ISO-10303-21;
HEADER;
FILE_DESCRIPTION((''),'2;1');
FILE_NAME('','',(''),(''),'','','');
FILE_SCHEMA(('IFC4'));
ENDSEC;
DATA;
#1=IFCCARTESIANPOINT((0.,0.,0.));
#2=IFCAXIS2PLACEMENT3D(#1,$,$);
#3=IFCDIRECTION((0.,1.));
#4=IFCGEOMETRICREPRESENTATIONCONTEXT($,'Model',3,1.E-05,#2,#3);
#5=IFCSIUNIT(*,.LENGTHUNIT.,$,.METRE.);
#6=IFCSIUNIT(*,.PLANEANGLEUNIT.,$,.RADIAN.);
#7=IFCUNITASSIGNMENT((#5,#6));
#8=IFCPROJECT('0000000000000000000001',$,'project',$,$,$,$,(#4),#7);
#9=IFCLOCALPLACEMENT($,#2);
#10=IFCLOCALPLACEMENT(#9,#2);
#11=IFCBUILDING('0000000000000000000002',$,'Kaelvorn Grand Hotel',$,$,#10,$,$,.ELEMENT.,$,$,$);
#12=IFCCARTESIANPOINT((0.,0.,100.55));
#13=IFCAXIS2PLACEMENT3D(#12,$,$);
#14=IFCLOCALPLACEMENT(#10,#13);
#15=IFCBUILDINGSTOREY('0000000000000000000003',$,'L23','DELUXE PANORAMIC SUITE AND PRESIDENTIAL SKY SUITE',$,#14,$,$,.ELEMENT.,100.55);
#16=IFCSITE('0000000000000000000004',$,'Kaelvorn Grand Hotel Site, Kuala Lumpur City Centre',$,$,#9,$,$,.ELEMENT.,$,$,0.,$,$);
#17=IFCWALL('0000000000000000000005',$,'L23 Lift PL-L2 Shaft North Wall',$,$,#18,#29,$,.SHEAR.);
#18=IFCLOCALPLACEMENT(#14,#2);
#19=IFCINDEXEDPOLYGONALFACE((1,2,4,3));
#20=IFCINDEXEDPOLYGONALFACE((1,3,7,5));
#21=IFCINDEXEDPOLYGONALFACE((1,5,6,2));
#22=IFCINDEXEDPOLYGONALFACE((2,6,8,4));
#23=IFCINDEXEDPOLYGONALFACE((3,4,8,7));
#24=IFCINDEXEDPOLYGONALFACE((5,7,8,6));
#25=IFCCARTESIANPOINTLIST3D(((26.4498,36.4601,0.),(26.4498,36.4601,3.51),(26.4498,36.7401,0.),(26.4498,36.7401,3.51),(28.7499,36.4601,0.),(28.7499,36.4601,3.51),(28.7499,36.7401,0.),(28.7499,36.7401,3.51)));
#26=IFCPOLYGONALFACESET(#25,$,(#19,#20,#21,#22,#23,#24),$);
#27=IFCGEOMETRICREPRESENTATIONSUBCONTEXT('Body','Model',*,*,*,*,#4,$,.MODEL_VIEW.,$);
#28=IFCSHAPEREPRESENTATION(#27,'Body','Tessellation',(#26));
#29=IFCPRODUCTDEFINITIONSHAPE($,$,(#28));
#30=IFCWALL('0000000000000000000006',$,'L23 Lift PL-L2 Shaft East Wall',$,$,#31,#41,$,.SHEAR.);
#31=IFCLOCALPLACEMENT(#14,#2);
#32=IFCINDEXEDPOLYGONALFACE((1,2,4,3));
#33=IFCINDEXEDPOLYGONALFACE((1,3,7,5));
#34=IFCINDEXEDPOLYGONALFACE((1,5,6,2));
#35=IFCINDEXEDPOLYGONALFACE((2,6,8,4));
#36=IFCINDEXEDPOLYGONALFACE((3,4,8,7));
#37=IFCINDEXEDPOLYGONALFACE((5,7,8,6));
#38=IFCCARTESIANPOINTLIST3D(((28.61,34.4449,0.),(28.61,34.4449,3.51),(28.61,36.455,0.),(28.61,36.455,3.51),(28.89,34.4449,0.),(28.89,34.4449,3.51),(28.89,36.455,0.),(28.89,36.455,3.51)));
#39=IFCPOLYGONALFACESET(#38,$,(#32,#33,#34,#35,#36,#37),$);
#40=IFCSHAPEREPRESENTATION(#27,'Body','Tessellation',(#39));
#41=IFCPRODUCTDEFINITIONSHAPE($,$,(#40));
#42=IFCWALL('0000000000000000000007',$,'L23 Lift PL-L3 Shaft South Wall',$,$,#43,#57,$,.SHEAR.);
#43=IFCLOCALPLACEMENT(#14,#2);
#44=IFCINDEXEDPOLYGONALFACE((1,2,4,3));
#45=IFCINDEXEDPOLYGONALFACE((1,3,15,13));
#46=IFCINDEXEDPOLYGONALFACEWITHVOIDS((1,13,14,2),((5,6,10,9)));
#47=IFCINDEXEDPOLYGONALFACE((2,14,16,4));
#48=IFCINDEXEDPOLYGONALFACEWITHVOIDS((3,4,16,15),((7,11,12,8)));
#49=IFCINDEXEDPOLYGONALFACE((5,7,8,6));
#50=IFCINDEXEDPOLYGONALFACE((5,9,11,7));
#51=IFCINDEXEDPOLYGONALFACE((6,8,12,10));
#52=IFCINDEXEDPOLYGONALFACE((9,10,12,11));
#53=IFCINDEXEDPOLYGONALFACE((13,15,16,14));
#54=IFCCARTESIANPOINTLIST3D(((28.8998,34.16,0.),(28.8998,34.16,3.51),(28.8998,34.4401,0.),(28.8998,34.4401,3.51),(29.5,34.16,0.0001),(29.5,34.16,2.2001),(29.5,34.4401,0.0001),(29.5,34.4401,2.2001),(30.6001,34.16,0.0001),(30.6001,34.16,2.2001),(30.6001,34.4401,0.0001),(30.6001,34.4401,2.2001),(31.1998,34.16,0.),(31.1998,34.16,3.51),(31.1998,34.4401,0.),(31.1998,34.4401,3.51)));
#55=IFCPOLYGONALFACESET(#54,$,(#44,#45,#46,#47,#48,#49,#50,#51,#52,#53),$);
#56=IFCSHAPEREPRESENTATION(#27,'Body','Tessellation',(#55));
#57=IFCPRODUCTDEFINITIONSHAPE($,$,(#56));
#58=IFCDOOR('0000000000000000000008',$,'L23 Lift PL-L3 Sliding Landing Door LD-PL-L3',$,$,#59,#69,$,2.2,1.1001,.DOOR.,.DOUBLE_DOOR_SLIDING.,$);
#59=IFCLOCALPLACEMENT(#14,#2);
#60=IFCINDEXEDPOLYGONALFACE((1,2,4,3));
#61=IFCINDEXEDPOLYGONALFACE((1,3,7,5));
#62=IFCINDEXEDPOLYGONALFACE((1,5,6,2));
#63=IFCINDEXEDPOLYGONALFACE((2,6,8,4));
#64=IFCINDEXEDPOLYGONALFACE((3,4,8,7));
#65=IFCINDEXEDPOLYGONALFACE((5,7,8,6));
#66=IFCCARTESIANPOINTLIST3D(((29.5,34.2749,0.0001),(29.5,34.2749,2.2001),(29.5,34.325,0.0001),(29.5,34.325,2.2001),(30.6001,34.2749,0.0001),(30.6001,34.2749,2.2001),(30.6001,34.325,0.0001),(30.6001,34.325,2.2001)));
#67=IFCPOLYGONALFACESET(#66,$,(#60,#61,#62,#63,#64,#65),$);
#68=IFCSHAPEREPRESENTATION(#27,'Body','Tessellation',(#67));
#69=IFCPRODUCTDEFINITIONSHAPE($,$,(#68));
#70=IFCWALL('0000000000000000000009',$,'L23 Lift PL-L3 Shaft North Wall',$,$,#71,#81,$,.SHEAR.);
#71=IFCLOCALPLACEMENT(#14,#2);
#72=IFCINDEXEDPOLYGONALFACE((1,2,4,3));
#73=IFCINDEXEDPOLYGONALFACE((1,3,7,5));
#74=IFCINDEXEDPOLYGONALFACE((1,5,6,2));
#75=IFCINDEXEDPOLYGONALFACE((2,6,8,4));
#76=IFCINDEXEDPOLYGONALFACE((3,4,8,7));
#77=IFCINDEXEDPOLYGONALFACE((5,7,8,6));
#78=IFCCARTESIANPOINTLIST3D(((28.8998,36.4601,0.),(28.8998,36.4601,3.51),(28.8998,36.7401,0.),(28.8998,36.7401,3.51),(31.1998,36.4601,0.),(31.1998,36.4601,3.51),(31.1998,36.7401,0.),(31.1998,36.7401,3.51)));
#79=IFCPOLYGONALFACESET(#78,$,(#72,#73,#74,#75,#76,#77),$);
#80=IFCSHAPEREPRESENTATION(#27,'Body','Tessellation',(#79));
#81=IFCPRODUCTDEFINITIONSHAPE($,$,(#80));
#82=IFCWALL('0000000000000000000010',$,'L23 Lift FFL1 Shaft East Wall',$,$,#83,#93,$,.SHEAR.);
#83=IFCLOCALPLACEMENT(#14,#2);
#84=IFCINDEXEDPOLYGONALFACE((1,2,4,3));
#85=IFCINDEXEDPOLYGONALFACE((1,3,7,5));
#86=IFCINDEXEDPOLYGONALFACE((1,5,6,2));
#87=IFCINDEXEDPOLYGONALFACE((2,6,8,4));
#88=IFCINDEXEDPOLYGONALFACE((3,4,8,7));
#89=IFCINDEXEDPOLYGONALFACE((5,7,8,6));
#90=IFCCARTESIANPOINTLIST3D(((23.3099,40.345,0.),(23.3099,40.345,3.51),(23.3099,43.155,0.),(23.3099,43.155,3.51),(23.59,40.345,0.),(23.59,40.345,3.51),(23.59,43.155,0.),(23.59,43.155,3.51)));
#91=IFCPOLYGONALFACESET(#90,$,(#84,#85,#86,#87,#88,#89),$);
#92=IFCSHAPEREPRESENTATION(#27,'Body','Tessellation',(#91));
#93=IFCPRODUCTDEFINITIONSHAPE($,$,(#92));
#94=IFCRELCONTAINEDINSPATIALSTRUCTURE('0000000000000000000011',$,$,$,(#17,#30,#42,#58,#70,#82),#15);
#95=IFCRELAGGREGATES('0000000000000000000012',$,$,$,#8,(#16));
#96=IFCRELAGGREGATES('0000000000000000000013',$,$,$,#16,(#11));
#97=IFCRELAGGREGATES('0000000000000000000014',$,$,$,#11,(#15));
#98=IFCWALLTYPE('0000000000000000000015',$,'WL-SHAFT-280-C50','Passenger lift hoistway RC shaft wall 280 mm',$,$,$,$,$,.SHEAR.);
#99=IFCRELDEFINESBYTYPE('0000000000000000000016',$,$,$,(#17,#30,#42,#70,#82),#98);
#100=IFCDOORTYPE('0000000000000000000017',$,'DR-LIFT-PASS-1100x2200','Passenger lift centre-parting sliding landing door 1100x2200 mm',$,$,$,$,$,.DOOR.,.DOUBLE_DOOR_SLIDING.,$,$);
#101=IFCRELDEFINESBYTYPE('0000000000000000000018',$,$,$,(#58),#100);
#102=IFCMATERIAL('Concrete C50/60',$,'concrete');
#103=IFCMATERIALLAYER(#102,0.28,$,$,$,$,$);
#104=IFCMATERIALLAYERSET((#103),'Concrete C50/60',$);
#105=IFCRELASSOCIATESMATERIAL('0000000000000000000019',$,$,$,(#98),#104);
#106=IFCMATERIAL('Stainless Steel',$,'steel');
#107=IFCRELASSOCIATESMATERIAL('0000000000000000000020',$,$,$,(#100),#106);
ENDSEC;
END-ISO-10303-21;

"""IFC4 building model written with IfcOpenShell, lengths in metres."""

from ifc_helpers import new_model, si_unit, direction, frame, frame_2d, origin, place, context, subcontext, project, spatial, rectangle, extrude, material, layer, layer_set, type_object, element, fill, save


model = new_model("IFC4")

# Units and contexts
model_context = context("Model", 3, precision=1e-05, world=origin(), true_north=direction((0.0, 1.0)))
body_context = subcontext(model_context, "Body", "Model", "MODEL_VIEW")
ifc_project = project(units=[si_unit("LENGTHUNIT", "METRE"), si_unit("PLANEANGLEUNIT", "RADIAN")], contexts=[model_context])

# Site, building, storey
site_placement = place(None, origin())
site = spatial("IfcSite", under=ifc_project, at=site_placement, Name="Kaelvorn Grand Hotel Site, Kuala Lumpur City Centre", CompositionType="ELEMENT", RefElevation=0.0)
building_placement = place(site_placement, origin())
building = spatial("IfcBuilding", under=site, at=building_placement, Name="Kaelvorn Grand Hotel", CompositionType="ELEMENT")
storey_placement = place(building_placement, frame((0.0, 0.0, 100.55)))
storey = spatial("IfcBuildingStorey", under=building, at=storey_placement, Name="L23", Description="DELUXE PANORAMIC SUITE AND PRESIDENTIAL SKY SUITE", CompositionType="ELEMENT", Elevation=100.55)

# Shared definitions
ifc_material_1 = material(Name="Concrete C50/60", Category="concrete")
ifc_layer_1 = layer(ifc_material_1, 0.28)
ifc_layer_set_1 = layer_set([ifc_layer_1], Name="Concrete C50/60")
wall_type_1 = type_object("IfcWallType", Name="WL-SHAFT-280-C50", Description="Passenger lift hoistway RC shaft wall 280 mm", PredefinedType="SHEAR", material=ifc_layer_set_1)
ifc_material_2 = material(Name="Stainless Steel", Category="steel")
door_type_1 = type_object("IfcDoorType", Name="DR-LIFT-PASS-1100x2200", Description="Passenger lift centre-parting sliding landing door 1100x2200 mm", OperationType="DOUBLE_DOOR_SLIDING", PredefinedType="DOOR", material=ifc_material_2)

# Walls
wall_1_placement = place(storey_placement, frame((26.45, 36.6001, 0.0), z_axis=(0.0, 0.0, 1.0), x_axis=(1.0, 0.0, 0.0)))
element("IfcWall", 1, at=wall_1_placement, inside=storey, type_object=wall_type_1, Name="L23 Lift PL-L2 Shaft North Wall", PredefinedType="SHEAR", context=body_context, shape_type="SweptSolid", body=[
    extrude(rectangle(XDim=2.3, YDim=0.28, at=frame_2d((1.1499, 0.0))), origin(), (0.0, 0.0, 1.0), 3.51),
])
wall_2_placement = place(storey_placement, frame((28.75, 34.4451, 0.0), z_axis=(0.0, 0.0, 1.0), x_axis=(0.0, 1.0, 0.0)))
element("IfcWall", 2, at=wall_2_placement, inside=storey, type_object=wall_type_1, Name="L23 Lift PL-L2 Shaft East Wall", PredefinedType="SHEAR", context=body_context, shape_type="SweptSolid", body=[
    extrude(rectangle(XDim=2.01, YDim=0.28, at=frame_2d((1.0049, 0.0))), origin(), (0.0, 0.0, 1.0), 3.51),
])

# Wall, opening, door
wall_3_placement = place(storey_placement, frame((28.8999, 34.3, 0.0), z_axis=(0.0, 0.0, 1.0), x_axis=(1.0, 0.0, 0.0)))
wall_3 = element("IfcWall", 3, at=wall_3_placement, inside=storey, type_object=wall_type_1, Name="L23 Lift PL-L3 Shaft South Wall", PredefinedType="SHEAR", context=body_context, shape_type="SweptSolid", body=[
    extrude(rectangle(XDim=2.3, YDim=0.28, at=frame_2d((1.1499, 0.0))), origin(), (0.0, 0.0, 1.0), 3.51),
])
opening_1_placement = place(wall_3_placement, frame((0.6001, 0.0, 0.0)))
opening_1 = element("IfcOpeningElement", 4, at=opening_1_placement, cuts=wall_3, PredefinedType="OPENING", context=body_context, shape_type="SweptSolid", body=[
    extrude(rectangle(XDim=1.1001, YDim=2.2, at=frame_2d((0.55, 1.1001))), frame((0.0, 0.1499, 0.0), z_axis=(0.0, -1.0, 0.0), x_axis=(1.0, 0.0, 0.0)), (0.0, 0.0, 1.0), 0.3),
])
door_1_placement = place(opening_1_placement, origin())
door_1 = element("IfcDoor", 5, at=door_1_placement, inside=storey, type_object=door_type_1, Name="L23 Lift PL-L3 Sliding Landing Door LD-PL-L3", OperationType="DOUBLE_DOOR_SLIDING", OverallHeight=2.2, OverallWidth=1.1001, PredefinedType="DOOR", context=body_context, shape_type="SweptSolid", body=[
    extrude(rectangle(XDim=1.1001, YDim=2.2, at=frame_2d((0.55, 1.1001))), frame((0.0, 0.0249, 0.0), z_axis=(0.0, -1.0, 0.0), x_axis=(1.0, 0.0, 0.0)), (0.0, 0.0, 1.0), 0.05),
])
fill(opening_1, door_1)

# Walls
wall_4_placement = place(storey_placement, frame((28.8999, 36.6001, 0.0), z_axis=(0.0, 0.0, 1.0), x_axis=(1.0, 0.0, 0.0)))
element("IfcWall", 6, at=wall_4_placement, inside=storey, type_object=wall_type_1, Name="L23 Lift PL-L3 Shaft North Wall", PredefinedType="SHEAR", context=body_context, shape_type="SweptSolid", body=[
    extrude(rectangle(XDim=2.3, YDim=0.28, at=frame_2d((1.1499, 0.0))), origin(), (0.0, 0.0, 1.0), 3.51),
])
wall_5_placement = place(storey_placement, frame((23.45, 40.345, 0.0), z_axis=(0.0, 0.0, 1.0), x_axis=(0.0, 1.0, 0.0)))
element("IfcWall", 7, at=wall_5_placement, inside=storey, type_object=wall_type_1, Name="L23 Lift FFL1 Shaft East Wall", PredefinedType="SHEAR", context=body_context, shape_type="SweptSolid", body=[
    extrude(rectangle(XDim=2.8101, YDim=0.28, at=frame_2d((1.405, 0.0))), origin(), (0.0, 0.0, 1.0), 3.51),
])

save(model, "model.ifc")
